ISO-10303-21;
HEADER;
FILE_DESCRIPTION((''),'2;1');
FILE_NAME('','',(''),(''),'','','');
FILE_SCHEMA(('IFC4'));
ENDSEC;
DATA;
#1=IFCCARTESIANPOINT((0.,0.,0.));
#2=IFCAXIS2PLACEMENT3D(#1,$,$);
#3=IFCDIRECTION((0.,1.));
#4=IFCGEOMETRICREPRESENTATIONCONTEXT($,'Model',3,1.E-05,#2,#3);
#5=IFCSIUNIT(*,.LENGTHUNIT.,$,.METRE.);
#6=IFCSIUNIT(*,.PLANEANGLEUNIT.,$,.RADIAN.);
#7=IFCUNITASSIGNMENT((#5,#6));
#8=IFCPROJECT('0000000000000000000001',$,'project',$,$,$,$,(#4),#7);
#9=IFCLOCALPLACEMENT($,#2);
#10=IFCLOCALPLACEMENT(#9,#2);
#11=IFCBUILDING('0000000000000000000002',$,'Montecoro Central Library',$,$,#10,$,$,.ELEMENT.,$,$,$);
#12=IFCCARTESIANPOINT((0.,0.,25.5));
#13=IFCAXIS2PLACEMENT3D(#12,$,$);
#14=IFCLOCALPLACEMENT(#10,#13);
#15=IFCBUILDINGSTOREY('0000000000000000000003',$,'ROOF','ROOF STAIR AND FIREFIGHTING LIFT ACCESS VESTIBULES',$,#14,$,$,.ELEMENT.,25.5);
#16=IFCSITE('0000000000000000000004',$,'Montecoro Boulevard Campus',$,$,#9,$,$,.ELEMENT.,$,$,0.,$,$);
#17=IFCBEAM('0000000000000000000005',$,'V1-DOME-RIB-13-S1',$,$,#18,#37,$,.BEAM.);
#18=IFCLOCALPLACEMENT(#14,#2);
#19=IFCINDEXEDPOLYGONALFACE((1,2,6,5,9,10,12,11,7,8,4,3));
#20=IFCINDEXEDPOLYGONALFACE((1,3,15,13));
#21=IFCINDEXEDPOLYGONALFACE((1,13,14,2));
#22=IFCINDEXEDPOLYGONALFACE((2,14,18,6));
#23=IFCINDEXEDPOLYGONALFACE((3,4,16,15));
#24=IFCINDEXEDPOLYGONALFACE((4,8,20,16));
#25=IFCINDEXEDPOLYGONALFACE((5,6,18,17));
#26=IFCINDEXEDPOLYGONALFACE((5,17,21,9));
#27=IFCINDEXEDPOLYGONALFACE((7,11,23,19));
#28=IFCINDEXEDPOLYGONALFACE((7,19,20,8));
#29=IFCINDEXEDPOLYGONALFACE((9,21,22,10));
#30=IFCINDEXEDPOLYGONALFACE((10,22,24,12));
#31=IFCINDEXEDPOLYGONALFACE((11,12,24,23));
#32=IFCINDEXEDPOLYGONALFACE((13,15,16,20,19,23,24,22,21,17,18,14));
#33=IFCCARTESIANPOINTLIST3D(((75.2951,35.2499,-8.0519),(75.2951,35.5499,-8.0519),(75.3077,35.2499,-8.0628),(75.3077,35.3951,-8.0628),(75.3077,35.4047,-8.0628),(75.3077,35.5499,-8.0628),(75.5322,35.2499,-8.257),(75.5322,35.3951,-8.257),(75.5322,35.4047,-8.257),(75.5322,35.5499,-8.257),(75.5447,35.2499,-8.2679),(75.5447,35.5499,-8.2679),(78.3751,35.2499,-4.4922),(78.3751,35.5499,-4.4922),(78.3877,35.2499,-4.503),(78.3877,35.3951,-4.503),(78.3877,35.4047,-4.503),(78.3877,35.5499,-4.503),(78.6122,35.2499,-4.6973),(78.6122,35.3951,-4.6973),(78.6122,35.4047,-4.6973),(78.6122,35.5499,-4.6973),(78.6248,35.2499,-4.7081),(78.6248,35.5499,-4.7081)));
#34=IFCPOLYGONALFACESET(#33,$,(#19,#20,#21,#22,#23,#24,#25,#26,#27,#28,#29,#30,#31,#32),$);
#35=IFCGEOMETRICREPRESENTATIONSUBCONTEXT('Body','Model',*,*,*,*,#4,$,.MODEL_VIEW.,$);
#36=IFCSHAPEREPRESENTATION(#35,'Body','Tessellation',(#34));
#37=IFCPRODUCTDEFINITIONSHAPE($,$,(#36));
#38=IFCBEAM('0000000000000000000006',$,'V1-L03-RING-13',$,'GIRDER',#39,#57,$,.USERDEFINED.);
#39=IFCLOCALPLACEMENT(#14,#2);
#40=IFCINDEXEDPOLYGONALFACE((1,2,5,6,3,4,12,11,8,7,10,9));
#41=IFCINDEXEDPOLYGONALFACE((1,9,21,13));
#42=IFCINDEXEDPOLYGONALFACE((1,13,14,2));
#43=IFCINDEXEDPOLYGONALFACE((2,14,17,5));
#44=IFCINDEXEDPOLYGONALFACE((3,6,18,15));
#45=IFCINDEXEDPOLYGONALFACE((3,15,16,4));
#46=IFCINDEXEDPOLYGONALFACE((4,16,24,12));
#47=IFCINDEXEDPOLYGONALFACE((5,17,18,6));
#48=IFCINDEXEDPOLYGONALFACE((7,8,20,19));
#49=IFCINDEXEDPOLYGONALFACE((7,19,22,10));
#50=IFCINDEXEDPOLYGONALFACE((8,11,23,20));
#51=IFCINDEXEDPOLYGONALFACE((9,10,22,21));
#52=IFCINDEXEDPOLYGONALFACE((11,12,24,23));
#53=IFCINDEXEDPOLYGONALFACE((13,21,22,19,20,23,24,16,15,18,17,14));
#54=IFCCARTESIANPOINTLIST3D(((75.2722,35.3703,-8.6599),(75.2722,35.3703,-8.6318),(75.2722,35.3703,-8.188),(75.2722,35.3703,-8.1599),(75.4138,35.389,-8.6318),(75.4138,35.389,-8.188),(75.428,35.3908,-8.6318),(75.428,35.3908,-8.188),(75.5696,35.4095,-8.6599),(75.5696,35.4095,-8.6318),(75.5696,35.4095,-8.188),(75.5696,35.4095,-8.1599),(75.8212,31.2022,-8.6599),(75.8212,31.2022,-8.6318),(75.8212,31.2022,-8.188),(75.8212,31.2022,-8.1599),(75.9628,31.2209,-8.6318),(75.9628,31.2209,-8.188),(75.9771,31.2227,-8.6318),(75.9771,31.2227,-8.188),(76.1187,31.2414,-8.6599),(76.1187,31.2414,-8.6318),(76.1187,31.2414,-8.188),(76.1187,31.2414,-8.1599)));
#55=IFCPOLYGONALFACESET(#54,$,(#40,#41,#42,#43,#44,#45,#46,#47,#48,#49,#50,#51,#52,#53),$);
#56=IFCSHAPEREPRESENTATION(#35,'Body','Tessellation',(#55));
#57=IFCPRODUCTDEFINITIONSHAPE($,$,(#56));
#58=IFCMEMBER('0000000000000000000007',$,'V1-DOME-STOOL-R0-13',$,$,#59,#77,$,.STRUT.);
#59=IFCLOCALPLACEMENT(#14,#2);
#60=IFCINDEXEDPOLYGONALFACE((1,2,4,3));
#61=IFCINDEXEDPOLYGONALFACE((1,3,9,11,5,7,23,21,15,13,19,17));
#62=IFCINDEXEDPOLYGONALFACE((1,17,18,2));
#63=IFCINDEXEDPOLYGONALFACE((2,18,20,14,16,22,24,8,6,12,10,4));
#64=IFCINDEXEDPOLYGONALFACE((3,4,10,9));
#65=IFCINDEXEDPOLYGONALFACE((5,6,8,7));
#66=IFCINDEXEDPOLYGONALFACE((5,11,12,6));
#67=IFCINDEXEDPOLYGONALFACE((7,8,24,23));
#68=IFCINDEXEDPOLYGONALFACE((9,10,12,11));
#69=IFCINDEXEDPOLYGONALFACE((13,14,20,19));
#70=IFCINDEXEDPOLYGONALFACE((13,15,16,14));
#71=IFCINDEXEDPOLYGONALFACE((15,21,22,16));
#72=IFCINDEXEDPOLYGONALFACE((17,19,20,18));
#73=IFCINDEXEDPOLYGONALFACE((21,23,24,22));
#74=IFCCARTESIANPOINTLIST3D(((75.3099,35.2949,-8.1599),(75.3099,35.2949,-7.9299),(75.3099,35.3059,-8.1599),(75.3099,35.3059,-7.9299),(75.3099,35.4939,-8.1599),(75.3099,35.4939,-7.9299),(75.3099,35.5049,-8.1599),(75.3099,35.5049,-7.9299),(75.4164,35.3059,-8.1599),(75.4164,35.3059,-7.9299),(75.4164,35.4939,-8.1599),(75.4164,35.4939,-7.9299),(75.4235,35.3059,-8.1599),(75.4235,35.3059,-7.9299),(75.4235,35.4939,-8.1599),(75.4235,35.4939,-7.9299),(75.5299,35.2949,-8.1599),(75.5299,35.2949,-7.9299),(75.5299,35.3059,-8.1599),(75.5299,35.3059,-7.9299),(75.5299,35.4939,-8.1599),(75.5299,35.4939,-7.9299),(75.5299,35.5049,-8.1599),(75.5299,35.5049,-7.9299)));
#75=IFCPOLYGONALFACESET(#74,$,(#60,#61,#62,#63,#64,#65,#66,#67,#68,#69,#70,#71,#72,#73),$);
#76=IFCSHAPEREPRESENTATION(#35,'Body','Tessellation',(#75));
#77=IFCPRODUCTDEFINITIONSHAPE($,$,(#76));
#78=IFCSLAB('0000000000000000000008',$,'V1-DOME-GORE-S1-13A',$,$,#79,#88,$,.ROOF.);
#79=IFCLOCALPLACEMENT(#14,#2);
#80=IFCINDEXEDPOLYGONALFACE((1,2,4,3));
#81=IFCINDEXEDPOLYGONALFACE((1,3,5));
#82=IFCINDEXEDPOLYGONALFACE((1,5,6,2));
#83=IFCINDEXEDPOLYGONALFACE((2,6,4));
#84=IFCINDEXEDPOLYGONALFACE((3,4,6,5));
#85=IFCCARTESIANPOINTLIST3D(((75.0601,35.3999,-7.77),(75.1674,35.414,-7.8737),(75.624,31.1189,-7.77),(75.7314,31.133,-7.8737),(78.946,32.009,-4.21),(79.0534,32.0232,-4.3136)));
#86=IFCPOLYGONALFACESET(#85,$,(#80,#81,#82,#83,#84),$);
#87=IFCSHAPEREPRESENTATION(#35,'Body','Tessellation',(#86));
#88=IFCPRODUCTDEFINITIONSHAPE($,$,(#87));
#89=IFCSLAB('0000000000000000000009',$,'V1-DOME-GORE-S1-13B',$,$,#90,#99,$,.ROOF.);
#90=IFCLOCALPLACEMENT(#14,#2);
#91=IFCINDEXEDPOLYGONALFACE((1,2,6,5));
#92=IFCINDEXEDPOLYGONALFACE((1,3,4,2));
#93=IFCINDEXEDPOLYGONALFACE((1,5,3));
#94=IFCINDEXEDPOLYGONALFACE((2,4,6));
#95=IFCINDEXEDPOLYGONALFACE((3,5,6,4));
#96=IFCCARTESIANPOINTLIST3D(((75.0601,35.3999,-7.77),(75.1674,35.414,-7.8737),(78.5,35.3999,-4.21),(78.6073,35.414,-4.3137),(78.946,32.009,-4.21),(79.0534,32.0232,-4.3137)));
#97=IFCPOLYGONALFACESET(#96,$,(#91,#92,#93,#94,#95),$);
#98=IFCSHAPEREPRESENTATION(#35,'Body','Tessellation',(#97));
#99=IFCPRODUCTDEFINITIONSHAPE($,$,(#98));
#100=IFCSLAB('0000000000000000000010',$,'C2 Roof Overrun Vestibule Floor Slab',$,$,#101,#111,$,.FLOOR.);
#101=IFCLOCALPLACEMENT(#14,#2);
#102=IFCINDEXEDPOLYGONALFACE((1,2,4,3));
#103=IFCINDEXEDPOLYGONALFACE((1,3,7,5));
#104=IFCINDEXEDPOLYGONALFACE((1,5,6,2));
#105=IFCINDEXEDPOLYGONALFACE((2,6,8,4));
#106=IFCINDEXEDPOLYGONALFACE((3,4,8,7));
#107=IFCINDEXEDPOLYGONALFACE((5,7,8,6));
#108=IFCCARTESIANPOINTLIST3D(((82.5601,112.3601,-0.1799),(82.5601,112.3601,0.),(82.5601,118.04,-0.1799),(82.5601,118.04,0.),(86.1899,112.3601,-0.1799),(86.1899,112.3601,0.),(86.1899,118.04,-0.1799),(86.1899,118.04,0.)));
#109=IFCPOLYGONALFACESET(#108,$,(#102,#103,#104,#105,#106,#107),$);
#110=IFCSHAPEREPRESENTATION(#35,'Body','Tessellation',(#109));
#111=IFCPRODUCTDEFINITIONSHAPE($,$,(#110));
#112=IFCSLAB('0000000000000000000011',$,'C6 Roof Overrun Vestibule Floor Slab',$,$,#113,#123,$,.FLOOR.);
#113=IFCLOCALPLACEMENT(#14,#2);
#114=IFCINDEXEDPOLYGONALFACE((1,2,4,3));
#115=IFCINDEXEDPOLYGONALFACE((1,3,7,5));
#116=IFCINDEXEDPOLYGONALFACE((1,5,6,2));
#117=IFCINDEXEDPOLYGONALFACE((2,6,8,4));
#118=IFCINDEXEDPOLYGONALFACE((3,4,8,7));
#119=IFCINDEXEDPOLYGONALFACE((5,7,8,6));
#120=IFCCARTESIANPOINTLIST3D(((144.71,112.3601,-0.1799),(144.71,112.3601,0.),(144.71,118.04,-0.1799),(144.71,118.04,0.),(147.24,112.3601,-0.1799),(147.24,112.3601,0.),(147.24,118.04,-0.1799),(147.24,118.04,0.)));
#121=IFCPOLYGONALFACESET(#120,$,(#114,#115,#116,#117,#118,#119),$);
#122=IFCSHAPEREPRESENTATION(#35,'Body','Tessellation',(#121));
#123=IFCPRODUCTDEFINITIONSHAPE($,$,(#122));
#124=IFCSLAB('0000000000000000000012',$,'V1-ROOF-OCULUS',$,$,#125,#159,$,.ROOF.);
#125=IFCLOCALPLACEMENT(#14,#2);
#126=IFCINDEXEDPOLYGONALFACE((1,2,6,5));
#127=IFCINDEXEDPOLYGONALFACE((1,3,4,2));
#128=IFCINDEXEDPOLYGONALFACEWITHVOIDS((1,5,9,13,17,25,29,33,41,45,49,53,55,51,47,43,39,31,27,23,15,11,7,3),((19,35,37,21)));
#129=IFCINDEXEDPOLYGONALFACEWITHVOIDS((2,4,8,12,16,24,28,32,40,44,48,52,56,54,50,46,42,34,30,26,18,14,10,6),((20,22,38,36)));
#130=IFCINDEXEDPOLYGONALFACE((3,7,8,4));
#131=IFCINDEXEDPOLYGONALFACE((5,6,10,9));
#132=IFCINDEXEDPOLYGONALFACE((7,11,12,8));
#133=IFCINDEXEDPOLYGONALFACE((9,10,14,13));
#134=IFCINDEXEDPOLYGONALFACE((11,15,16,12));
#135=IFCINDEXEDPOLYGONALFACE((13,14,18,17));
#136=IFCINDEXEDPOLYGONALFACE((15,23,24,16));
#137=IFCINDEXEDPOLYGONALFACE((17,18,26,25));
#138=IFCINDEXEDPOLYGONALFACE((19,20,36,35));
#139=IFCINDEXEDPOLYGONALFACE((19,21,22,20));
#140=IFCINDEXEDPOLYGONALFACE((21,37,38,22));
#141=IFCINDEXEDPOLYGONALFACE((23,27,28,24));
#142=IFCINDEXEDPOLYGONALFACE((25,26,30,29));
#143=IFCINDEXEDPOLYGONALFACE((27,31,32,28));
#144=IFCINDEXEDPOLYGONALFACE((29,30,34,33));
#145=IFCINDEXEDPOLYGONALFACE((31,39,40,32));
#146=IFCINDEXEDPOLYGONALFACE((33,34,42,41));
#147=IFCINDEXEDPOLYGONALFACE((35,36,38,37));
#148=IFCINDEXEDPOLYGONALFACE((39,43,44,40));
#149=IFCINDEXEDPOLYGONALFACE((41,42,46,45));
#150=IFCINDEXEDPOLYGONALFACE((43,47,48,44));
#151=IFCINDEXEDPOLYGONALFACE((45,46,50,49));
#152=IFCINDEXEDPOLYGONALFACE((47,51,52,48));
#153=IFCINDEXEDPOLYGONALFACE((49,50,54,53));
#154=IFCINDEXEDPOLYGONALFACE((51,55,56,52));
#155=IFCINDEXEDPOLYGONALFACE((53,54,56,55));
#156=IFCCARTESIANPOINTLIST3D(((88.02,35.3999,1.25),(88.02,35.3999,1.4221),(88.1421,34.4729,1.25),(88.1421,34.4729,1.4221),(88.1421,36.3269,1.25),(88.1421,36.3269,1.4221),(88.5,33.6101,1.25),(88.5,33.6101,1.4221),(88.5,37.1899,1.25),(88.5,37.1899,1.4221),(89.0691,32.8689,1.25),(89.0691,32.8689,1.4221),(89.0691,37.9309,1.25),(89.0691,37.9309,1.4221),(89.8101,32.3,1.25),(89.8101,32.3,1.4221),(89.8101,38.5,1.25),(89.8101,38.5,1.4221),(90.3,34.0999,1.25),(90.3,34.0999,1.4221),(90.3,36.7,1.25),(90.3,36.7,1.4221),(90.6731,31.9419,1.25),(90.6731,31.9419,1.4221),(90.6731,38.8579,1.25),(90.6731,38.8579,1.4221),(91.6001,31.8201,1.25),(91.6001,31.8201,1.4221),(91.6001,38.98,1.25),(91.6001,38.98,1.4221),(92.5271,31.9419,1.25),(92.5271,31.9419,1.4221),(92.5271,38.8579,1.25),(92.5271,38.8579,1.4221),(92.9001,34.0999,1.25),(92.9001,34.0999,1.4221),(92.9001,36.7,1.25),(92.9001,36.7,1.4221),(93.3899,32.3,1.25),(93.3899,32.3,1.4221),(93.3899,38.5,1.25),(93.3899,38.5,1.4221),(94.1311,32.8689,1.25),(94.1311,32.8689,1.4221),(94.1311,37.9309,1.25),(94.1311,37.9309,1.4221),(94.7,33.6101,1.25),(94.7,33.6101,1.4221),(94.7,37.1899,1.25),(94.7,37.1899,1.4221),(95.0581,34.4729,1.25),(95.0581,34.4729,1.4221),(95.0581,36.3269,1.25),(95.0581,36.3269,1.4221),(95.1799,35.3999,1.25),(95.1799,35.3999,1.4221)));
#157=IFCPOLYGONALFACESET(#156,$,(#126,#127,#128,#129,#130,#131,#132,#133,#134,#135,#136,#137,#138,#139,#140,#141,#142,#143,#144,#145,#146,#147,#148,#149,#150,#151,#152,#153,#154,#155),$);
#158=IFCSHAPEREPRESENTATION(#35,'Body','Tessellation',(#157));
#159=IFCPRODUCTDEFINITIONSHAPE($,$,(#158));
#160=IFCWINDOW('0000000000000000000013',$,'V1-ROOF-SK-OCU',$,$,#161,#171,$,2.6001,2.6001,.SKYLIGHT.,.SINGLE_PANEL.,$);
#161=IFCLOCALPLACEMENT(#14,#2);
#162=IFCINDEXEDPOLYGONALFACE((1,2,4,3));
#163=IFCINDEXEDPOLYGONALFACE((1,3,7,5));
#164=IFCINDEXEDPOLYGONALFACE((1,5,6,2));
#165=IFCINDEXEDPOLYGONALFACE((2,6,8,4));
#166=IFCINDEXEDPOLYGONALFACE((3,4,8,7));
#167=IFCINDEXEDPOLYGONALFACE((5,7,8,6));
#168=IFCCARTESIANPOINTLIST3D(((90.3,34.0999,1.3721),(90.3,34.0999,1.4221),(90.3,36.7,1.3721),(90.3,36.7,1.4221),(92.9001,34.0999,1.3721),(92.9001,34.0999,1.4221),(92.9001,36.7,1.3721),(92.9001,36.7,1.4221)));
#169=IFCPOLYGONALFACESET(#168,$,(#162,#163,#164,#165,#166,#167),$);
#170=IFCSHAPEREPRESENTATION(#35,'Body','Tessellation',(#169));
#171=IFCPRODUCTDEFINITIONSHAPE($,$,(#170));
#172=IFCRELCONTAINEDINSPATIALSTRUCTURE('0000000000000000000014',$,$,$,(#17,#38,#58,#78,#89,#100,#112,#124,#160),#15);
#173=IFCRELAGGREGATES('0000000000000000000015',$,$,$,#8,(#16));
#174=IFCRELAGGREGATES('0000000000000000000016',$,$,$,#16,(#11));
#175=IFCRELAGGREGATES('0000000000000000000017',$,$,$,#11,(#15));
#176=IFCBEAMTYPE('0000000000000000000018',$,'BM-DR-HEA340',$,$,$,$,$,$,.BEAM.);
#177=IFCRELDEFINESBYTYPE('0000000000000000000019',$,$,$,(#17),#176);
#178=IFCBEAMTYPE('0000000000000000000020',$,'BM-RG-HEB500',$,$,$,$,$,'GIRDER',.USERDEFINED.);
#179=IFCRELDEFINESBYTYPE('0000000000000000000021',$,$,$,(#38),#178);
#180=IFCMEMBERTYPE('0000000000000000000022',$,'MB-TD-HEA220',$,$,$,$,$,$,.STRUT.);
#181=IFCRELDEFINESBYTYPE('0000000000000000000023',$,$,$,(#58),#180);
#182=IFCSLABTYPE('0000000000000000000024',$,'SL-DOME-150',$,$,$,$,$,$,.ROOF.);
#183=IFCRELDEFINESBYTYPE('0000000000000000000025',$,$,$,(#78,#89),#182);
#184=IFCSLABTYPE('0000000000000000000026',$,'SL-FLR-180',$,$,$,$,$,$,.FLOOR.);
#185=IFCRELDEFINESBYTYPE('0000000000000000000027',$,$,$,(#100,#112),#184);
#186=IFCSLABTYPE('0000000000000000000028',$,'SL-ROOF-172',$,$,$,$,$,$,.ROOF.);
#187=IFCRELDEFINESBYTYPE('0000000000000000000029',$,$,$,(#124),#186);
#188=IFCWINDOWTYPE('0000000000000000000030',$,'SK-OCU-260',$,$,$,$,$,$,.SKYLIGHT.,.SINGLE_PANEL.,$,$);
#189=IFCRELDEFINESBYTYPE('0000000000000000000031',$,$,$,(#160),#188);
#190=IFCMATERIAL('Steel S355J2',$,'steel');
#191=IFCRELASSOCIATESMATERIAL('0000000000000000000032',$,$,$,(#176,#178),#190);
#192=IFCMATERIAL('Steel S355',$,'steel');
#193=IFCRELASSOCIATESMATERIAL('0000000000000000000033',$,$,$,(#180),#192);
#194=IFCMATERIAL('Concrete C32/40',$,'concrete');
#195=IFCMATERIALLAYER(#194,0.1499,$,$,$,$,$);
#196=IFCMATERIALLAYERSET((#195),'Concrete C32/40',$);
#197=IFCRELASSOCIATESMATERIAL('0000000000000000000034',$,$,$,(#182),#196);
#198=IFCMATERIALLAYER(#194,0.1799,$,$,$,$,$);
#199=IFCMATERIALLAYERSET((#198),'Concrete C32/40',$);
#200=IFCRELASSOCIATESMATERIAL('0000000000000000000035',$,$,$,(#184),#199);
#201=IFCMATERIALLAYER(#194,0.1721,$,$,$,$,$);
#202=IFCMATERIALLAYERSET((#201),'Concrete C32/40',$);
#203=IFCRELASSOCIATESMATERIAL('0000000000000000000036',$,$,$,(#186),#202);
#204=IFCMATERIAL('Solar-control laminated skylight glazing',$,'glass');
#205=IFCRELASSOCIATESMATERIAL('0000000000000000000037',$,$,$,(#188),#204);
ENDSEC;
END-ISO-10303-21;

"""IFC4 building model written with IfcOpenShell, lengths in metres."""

from ifc_helpers import new_model, si_unit, direction, frame, origin, origin_2d, place, context, subcontext, project, spatial, polyline, rectangle, i_section, outline, extrude, material, layer, layer_set, material_profile, profile_set, type_object, element, fill, save


model = new_model("IFC4")

# Units and contexts
model_context = context("Model", 3, precision=1e-05, world=origin(), true_north=direction((0.0, 1.0)))
body_context = subcontext(model_context, "Body", "Model", "MODEL_VIEW")
ifc_project = project(units=[si_unit("LENGTHUNIT", "METRE"), si_unit("PLANEANGLEUNIT", "RADIAN")], contexts=[model_context])

# Site, building, storey
site_placement = place(None, origin())
site = spatial("IfcSite", under=ifc_project, at=site_placement, Name="Montecoro Boulevard Campus", CompositionType="ELEMENT", RefElevation=0.0)
building_placement = place(site_placement, origin())
building = spatial("IfcBuilding", under=site, at=building_placement, Name="Montecoro Central Library", CompositionType="ELEMENT")
storey_placement = place(building_placement, frame((0.0, 0.0, 25.5)))
storey = spatial("IfcBuildingStorey", under=building, at=storey_placement, Name="ROOF", Description="ROOF STAIR AND FIREFIGHTING LIFT ACCESS VESTIBULES", CompositionType="ELEMENT", Elevation=25.5)

# Beams
ifc_material_1 = material(Name="Steel S355J2", Category="steel")
ifc_material_profile_1 = material_profile(ifc_material_1, i_section(OverallWidth=0.3, OverallDepth=0.3301, WebThickness=0.0095, FlangeThickness=0.0166, at=origin_2d()), Name="HEA 340")
ifc_profile_set_1 = profile_set([ifc_material_profile_1], Name="Steel S355J2")
beam_type_1 = type_object("IfcBeamType", Name="BM-DR-HEA340", PredefinedType="BEAM", material=ifc_profile_set_1)
beam_1_placement = place(storey_placement, frame((75.4199, 35.3999, -8.1599), z_axis=(0.654312, 0.0, 0.756224), x_axis=(0.0, 1.0, 0.0)))
element("IfcBeam", 1, at=beam_1_placement, inside=storey, type_object=beam_type_1, Name="V1-DOME-RIB-13-S1", PredefinedType="BEAM", context=body_context, shape_type="SweptSolid", body=[
    extrude(i_section(OverallWidth=0.3, OverallDepth=0.3301, WebThickness=0.0095, FlangeThickness=0.0166, at=origin_2d()), origin(), (0.0, 0.0, 1.0), 4.7073),
])
ifc_material_profile_2 = material_profile(ifc_material_1, i_section(OverallWidth=0.3, OverallDepth=0.5, WebThickness=0.0144, FlangeThickness=0.0281, at=origin_2d()), Name="HEB 500")
ifc_profile_set_2 = profile_set([ifc_material_profile_2], Name="Steel S355J2")
beam_type_2 = type_object("IfcBeamType", Name="BM-RG-HEB500", ElementType="GIRDER", PredefinedType="USERDEFINED", material=ifc_profile_set_2)
beam_2_placement = place(storey_placement, frame((75.4209, 35.3899, -8.4099), z_axis=(0.130608, -0.991434, 0.0), x_axis=(0.991434, 0.130608, 0.0)))
element("IfcBeam", 2, at=beam_2_placement, inside=storey, type_object=beam_type_2, Name="V1-L03-RING-13", ObjectType="GIRDER", PredefinedType="USERDEFINED", context=body_context, shape_type="SweptSolid", body=[
    extrude(i_section(OverallWidth=0.3, OverallDepth=0.5, WebThickness=0.0144, FlangeThickness=0.0281, at=origin_2d()), origin(), (0.0, 0.0, 1.0), 4.2041),
])

# Member
ifc_material_2 = material(Name="Steel S355", Category="steel")
ifc_material_profile_3 = material_profile(ifc_material_2, i_section(OverallWidth=0.22, OverallDepth=0.21, WebThickness=0.0071, FlangeThickness=0.011, at=origin_2d()), Name="HEA 220")
ifc_profile_set_3 = profile_set([ifc_material_profile_3], Name="Steel S355")
member_type = type_object("IfcMemberType", Name="MB-TD-HEA220", PredefinedType="STRUT", material=ifc_profile_set_3)
member_placement = place(storey_placement, frame((75.4199, 35.3999, -8.1599), z_axis=(0.0, 0.0, 1.0), x_axis=(1.0, 0.0, 0.0)))
element("IfcMember", 3, at=member_placement, inside=storey, type_object=member_type, Name="V1-DOME-STOOL-R0-13", PredefinedType="STRUT", context=body_context, shape_type="SweptSolid", body=[
    extrude(i_section(OverallWidth=0.22, OverallDepth=0.21, WebThickness=0.0071, FlangeThickness=0.011, at=origin_2d()), origin(), (0.0, 0.0, 1.0), 0.23),
])

# Slabs
ifc_material_3 = material(Name="Concrete C32/40", Category="concrete")
ifc_layer_1 = layer(ifc_material_3, 0.1499)
ifc_layer_set_1 = layer_set([ifc_layer_1], Name="Concrete C32/40")
slab_type_1 = type_object("IfcSlabType", Name="SL-DOME-150", PredefinedType="ROOF", material=ifc_layer_set_1)
slab_1_placement = place(storey_placement, frame((75.0601, 35.3999, -7.77), z_axis=(-0.715994, -0.094323, 0.691705), x_axis=(0.130608, -0.991434, 0.0)))
element("IfcSlab", 4, at=slab_1_placement, inside=storey, type_object=slab_type_1, Name="V1-DOME-GORE-S1-13A", PredefinedType="ROOF", context=body_context, shape_type="SweptSolid", body=[
    extrude(outline(polyline([(0.0, 0.0), (4.318, 0.0), (3.8694, 4.9296), (0.0, 0.0)])), origin(), (0.0, 0.0, -1.0), 0.1499),
])
slab_2_placement = place(storey_placement, frame((75.0601, 35.3999, -7.77), z_axis=(-0.715938, -0.094177, 0.691782), x_axis=(0.62009, -0.541084, 0.568082)))
element("IfcSlab", 5, at=slab_2_placement, inside=storey, type_object=slab_type_1, Name="V1-DOME-GORE-S1-13B", PredefinedType="ROOF", context=body_context, shape_type="SweptSolid", body=[
    extrude(outline(polyline([(0.0, 0.0), (6.2668, 0.0), (4.1555, 2.6906), (0.0, 0.0)])), origin(), (0.0, 0.0, -1.0), 0.1499),
])
ifc_layer_2 = layer(ifc_material_3, 0.1799)
ifc_layer_set_2 = layer_set([ifc_layer_2], Name="Concrete C32/40")
slab_type_2 = type_object("IfcSlabType", Name="SL-FLR-180", PredefinedType="FLOOR", material=ifc_layer_set_2)
slab_3_placement = place(storey_placement, frame((0.0, 0.0, -0.1799)))
element("IfcSlab", 6, at=slab_3_placement, inside=storey, type_object=slab_type_2, Name="C2 Roof Overrun Vestibule Floor Slab", PredefinedType="FLOOR", context=body_context, shape_type="SweptSolid", body=[
    extrude(outline(polyline([(82.5601, 112.3601), (86.1899, 112.3601), (86.1899, 118.04), (82.5601, 118.04), (82.5601, 112.3601)])), origin(), (0.0, 0.0, 1.0), 0.1799),
])
slab_4_placement = place(storey_placement, frame((0.0, 0.0, -0.1799)))
element("IfcSlab", 7, at=slab_4_placement, inside=storey, type_object=slab_type_2, Name="C6 Roof Overrun Vestibule Floor Slab", PredefinedType="FLOOR", context=body_context, shape_type="SweptSolid", body=[
    extrude(outline(polyline([(144.71, 112.3601), (147.24, 112.3601), (147.24, 118.04), (144.71, 118.04), (144.71, 112.3601)])), origin(), (0.0, 0.0, 1.0), 0.1799),
])

# Slab, opening, window
ifc_layer_3 = layer(ifc_material_3, 0.1721)
ifc_layer_set_3 = layer_set([ifc_layer_3], Name="Concrete C32/40")
slab_type_3 = type_object("IfcSlabType", Name="SL-ROOF-172", PredefinedType="ROOF", material=ifc_layer_set_3)
slab_5_placement = place(storey_placement, frame((0.0, 0.0, 1.25)))
slab_5 = element("IfcSlab", 8, at=slab_5_placement, inside=storey, type_object=slab_type_3, Name="V1-ROOF-OCULUS", PredefinedType="ROOF", context=body_context, shape_type="SweptSolid", body=[
    extrude(outline(polyline([(95.1799, 35.3999), (95.0581, 36.3269), (94.7, 37.1899), (94.1311, 37.9309), (93.3899, 38.5), (92.5271, 38.8579), (91.6001, 38.98), (90.6731, 38.8579), (89.8101, 38.5), (89.0691, 37.9309), (88.5, 37.1899), (88.1421, 36.3269), (88.02, 35.3999), (88.1421, 34.4729), (88.5, 33.6101), (89.0691, 32.8689), (89.8101, 32.3), (90.6731, 31.9419), (91.6001, 31.8201), (92.5271, 31.9419), (93.3899, 32.3), (94.1311, 32.8689), (94.7, 33.6101), (95.0581, 34.4729), (95.1799, 35.3999)])), origin(), (0.0, 0.0, 1.0), 0.1721),
])
opening_1_placement = place(slab_5_placement, frame((91.6001, 35.3999, 0.0)))
opening_1 = element("IfcOpeningElement", 9, at=opening_1_placement, cuts=slab_5, PredefinedType="OPENING", context=body_context, shape_type="SweptSolid", body=[
    extrude(rectangle(XDim=2.6001, YDim=2.6001, at=origin_2d()), frame((0.0, 0.0, -0.01)), (0.0, 0.0, 1.0), 0.1921),
])
ifc_material_4 = material(Name="Solar-control laminated skylight glazing", Category="glass")
window_type_1 = type_object("IfcWindowType", Name="SK-OCU-260", PartitioningType="SINGLE_PANEL", PredefinedType="SKYLIGHT", material=ifc_material_4)
window_1_placement = place(opening_1_placement, frame((0.0, 0.0, 0.1221)))
window_1 = element("IfcWindow", 10, at=window_1_placement, inside=storey, type_object=window_type_1, Name="V1-ROOF-SK-OCU", OverallHeight=2.6001, OverallWidth=2.6001, PartitioningType="SINGLE_PANEL", PredefinedType="SKYLIGHT", context=body_context, shape_type="SweptSolid", body=[
    extrude(rectangle(XDim=2.6001, YDim=2.6001, at=origin_2d()), origin(), (0.0, 0.0, 1.0), 0.05),
])
fill(opening_1, window_1)

save(model, "model.ifc")
